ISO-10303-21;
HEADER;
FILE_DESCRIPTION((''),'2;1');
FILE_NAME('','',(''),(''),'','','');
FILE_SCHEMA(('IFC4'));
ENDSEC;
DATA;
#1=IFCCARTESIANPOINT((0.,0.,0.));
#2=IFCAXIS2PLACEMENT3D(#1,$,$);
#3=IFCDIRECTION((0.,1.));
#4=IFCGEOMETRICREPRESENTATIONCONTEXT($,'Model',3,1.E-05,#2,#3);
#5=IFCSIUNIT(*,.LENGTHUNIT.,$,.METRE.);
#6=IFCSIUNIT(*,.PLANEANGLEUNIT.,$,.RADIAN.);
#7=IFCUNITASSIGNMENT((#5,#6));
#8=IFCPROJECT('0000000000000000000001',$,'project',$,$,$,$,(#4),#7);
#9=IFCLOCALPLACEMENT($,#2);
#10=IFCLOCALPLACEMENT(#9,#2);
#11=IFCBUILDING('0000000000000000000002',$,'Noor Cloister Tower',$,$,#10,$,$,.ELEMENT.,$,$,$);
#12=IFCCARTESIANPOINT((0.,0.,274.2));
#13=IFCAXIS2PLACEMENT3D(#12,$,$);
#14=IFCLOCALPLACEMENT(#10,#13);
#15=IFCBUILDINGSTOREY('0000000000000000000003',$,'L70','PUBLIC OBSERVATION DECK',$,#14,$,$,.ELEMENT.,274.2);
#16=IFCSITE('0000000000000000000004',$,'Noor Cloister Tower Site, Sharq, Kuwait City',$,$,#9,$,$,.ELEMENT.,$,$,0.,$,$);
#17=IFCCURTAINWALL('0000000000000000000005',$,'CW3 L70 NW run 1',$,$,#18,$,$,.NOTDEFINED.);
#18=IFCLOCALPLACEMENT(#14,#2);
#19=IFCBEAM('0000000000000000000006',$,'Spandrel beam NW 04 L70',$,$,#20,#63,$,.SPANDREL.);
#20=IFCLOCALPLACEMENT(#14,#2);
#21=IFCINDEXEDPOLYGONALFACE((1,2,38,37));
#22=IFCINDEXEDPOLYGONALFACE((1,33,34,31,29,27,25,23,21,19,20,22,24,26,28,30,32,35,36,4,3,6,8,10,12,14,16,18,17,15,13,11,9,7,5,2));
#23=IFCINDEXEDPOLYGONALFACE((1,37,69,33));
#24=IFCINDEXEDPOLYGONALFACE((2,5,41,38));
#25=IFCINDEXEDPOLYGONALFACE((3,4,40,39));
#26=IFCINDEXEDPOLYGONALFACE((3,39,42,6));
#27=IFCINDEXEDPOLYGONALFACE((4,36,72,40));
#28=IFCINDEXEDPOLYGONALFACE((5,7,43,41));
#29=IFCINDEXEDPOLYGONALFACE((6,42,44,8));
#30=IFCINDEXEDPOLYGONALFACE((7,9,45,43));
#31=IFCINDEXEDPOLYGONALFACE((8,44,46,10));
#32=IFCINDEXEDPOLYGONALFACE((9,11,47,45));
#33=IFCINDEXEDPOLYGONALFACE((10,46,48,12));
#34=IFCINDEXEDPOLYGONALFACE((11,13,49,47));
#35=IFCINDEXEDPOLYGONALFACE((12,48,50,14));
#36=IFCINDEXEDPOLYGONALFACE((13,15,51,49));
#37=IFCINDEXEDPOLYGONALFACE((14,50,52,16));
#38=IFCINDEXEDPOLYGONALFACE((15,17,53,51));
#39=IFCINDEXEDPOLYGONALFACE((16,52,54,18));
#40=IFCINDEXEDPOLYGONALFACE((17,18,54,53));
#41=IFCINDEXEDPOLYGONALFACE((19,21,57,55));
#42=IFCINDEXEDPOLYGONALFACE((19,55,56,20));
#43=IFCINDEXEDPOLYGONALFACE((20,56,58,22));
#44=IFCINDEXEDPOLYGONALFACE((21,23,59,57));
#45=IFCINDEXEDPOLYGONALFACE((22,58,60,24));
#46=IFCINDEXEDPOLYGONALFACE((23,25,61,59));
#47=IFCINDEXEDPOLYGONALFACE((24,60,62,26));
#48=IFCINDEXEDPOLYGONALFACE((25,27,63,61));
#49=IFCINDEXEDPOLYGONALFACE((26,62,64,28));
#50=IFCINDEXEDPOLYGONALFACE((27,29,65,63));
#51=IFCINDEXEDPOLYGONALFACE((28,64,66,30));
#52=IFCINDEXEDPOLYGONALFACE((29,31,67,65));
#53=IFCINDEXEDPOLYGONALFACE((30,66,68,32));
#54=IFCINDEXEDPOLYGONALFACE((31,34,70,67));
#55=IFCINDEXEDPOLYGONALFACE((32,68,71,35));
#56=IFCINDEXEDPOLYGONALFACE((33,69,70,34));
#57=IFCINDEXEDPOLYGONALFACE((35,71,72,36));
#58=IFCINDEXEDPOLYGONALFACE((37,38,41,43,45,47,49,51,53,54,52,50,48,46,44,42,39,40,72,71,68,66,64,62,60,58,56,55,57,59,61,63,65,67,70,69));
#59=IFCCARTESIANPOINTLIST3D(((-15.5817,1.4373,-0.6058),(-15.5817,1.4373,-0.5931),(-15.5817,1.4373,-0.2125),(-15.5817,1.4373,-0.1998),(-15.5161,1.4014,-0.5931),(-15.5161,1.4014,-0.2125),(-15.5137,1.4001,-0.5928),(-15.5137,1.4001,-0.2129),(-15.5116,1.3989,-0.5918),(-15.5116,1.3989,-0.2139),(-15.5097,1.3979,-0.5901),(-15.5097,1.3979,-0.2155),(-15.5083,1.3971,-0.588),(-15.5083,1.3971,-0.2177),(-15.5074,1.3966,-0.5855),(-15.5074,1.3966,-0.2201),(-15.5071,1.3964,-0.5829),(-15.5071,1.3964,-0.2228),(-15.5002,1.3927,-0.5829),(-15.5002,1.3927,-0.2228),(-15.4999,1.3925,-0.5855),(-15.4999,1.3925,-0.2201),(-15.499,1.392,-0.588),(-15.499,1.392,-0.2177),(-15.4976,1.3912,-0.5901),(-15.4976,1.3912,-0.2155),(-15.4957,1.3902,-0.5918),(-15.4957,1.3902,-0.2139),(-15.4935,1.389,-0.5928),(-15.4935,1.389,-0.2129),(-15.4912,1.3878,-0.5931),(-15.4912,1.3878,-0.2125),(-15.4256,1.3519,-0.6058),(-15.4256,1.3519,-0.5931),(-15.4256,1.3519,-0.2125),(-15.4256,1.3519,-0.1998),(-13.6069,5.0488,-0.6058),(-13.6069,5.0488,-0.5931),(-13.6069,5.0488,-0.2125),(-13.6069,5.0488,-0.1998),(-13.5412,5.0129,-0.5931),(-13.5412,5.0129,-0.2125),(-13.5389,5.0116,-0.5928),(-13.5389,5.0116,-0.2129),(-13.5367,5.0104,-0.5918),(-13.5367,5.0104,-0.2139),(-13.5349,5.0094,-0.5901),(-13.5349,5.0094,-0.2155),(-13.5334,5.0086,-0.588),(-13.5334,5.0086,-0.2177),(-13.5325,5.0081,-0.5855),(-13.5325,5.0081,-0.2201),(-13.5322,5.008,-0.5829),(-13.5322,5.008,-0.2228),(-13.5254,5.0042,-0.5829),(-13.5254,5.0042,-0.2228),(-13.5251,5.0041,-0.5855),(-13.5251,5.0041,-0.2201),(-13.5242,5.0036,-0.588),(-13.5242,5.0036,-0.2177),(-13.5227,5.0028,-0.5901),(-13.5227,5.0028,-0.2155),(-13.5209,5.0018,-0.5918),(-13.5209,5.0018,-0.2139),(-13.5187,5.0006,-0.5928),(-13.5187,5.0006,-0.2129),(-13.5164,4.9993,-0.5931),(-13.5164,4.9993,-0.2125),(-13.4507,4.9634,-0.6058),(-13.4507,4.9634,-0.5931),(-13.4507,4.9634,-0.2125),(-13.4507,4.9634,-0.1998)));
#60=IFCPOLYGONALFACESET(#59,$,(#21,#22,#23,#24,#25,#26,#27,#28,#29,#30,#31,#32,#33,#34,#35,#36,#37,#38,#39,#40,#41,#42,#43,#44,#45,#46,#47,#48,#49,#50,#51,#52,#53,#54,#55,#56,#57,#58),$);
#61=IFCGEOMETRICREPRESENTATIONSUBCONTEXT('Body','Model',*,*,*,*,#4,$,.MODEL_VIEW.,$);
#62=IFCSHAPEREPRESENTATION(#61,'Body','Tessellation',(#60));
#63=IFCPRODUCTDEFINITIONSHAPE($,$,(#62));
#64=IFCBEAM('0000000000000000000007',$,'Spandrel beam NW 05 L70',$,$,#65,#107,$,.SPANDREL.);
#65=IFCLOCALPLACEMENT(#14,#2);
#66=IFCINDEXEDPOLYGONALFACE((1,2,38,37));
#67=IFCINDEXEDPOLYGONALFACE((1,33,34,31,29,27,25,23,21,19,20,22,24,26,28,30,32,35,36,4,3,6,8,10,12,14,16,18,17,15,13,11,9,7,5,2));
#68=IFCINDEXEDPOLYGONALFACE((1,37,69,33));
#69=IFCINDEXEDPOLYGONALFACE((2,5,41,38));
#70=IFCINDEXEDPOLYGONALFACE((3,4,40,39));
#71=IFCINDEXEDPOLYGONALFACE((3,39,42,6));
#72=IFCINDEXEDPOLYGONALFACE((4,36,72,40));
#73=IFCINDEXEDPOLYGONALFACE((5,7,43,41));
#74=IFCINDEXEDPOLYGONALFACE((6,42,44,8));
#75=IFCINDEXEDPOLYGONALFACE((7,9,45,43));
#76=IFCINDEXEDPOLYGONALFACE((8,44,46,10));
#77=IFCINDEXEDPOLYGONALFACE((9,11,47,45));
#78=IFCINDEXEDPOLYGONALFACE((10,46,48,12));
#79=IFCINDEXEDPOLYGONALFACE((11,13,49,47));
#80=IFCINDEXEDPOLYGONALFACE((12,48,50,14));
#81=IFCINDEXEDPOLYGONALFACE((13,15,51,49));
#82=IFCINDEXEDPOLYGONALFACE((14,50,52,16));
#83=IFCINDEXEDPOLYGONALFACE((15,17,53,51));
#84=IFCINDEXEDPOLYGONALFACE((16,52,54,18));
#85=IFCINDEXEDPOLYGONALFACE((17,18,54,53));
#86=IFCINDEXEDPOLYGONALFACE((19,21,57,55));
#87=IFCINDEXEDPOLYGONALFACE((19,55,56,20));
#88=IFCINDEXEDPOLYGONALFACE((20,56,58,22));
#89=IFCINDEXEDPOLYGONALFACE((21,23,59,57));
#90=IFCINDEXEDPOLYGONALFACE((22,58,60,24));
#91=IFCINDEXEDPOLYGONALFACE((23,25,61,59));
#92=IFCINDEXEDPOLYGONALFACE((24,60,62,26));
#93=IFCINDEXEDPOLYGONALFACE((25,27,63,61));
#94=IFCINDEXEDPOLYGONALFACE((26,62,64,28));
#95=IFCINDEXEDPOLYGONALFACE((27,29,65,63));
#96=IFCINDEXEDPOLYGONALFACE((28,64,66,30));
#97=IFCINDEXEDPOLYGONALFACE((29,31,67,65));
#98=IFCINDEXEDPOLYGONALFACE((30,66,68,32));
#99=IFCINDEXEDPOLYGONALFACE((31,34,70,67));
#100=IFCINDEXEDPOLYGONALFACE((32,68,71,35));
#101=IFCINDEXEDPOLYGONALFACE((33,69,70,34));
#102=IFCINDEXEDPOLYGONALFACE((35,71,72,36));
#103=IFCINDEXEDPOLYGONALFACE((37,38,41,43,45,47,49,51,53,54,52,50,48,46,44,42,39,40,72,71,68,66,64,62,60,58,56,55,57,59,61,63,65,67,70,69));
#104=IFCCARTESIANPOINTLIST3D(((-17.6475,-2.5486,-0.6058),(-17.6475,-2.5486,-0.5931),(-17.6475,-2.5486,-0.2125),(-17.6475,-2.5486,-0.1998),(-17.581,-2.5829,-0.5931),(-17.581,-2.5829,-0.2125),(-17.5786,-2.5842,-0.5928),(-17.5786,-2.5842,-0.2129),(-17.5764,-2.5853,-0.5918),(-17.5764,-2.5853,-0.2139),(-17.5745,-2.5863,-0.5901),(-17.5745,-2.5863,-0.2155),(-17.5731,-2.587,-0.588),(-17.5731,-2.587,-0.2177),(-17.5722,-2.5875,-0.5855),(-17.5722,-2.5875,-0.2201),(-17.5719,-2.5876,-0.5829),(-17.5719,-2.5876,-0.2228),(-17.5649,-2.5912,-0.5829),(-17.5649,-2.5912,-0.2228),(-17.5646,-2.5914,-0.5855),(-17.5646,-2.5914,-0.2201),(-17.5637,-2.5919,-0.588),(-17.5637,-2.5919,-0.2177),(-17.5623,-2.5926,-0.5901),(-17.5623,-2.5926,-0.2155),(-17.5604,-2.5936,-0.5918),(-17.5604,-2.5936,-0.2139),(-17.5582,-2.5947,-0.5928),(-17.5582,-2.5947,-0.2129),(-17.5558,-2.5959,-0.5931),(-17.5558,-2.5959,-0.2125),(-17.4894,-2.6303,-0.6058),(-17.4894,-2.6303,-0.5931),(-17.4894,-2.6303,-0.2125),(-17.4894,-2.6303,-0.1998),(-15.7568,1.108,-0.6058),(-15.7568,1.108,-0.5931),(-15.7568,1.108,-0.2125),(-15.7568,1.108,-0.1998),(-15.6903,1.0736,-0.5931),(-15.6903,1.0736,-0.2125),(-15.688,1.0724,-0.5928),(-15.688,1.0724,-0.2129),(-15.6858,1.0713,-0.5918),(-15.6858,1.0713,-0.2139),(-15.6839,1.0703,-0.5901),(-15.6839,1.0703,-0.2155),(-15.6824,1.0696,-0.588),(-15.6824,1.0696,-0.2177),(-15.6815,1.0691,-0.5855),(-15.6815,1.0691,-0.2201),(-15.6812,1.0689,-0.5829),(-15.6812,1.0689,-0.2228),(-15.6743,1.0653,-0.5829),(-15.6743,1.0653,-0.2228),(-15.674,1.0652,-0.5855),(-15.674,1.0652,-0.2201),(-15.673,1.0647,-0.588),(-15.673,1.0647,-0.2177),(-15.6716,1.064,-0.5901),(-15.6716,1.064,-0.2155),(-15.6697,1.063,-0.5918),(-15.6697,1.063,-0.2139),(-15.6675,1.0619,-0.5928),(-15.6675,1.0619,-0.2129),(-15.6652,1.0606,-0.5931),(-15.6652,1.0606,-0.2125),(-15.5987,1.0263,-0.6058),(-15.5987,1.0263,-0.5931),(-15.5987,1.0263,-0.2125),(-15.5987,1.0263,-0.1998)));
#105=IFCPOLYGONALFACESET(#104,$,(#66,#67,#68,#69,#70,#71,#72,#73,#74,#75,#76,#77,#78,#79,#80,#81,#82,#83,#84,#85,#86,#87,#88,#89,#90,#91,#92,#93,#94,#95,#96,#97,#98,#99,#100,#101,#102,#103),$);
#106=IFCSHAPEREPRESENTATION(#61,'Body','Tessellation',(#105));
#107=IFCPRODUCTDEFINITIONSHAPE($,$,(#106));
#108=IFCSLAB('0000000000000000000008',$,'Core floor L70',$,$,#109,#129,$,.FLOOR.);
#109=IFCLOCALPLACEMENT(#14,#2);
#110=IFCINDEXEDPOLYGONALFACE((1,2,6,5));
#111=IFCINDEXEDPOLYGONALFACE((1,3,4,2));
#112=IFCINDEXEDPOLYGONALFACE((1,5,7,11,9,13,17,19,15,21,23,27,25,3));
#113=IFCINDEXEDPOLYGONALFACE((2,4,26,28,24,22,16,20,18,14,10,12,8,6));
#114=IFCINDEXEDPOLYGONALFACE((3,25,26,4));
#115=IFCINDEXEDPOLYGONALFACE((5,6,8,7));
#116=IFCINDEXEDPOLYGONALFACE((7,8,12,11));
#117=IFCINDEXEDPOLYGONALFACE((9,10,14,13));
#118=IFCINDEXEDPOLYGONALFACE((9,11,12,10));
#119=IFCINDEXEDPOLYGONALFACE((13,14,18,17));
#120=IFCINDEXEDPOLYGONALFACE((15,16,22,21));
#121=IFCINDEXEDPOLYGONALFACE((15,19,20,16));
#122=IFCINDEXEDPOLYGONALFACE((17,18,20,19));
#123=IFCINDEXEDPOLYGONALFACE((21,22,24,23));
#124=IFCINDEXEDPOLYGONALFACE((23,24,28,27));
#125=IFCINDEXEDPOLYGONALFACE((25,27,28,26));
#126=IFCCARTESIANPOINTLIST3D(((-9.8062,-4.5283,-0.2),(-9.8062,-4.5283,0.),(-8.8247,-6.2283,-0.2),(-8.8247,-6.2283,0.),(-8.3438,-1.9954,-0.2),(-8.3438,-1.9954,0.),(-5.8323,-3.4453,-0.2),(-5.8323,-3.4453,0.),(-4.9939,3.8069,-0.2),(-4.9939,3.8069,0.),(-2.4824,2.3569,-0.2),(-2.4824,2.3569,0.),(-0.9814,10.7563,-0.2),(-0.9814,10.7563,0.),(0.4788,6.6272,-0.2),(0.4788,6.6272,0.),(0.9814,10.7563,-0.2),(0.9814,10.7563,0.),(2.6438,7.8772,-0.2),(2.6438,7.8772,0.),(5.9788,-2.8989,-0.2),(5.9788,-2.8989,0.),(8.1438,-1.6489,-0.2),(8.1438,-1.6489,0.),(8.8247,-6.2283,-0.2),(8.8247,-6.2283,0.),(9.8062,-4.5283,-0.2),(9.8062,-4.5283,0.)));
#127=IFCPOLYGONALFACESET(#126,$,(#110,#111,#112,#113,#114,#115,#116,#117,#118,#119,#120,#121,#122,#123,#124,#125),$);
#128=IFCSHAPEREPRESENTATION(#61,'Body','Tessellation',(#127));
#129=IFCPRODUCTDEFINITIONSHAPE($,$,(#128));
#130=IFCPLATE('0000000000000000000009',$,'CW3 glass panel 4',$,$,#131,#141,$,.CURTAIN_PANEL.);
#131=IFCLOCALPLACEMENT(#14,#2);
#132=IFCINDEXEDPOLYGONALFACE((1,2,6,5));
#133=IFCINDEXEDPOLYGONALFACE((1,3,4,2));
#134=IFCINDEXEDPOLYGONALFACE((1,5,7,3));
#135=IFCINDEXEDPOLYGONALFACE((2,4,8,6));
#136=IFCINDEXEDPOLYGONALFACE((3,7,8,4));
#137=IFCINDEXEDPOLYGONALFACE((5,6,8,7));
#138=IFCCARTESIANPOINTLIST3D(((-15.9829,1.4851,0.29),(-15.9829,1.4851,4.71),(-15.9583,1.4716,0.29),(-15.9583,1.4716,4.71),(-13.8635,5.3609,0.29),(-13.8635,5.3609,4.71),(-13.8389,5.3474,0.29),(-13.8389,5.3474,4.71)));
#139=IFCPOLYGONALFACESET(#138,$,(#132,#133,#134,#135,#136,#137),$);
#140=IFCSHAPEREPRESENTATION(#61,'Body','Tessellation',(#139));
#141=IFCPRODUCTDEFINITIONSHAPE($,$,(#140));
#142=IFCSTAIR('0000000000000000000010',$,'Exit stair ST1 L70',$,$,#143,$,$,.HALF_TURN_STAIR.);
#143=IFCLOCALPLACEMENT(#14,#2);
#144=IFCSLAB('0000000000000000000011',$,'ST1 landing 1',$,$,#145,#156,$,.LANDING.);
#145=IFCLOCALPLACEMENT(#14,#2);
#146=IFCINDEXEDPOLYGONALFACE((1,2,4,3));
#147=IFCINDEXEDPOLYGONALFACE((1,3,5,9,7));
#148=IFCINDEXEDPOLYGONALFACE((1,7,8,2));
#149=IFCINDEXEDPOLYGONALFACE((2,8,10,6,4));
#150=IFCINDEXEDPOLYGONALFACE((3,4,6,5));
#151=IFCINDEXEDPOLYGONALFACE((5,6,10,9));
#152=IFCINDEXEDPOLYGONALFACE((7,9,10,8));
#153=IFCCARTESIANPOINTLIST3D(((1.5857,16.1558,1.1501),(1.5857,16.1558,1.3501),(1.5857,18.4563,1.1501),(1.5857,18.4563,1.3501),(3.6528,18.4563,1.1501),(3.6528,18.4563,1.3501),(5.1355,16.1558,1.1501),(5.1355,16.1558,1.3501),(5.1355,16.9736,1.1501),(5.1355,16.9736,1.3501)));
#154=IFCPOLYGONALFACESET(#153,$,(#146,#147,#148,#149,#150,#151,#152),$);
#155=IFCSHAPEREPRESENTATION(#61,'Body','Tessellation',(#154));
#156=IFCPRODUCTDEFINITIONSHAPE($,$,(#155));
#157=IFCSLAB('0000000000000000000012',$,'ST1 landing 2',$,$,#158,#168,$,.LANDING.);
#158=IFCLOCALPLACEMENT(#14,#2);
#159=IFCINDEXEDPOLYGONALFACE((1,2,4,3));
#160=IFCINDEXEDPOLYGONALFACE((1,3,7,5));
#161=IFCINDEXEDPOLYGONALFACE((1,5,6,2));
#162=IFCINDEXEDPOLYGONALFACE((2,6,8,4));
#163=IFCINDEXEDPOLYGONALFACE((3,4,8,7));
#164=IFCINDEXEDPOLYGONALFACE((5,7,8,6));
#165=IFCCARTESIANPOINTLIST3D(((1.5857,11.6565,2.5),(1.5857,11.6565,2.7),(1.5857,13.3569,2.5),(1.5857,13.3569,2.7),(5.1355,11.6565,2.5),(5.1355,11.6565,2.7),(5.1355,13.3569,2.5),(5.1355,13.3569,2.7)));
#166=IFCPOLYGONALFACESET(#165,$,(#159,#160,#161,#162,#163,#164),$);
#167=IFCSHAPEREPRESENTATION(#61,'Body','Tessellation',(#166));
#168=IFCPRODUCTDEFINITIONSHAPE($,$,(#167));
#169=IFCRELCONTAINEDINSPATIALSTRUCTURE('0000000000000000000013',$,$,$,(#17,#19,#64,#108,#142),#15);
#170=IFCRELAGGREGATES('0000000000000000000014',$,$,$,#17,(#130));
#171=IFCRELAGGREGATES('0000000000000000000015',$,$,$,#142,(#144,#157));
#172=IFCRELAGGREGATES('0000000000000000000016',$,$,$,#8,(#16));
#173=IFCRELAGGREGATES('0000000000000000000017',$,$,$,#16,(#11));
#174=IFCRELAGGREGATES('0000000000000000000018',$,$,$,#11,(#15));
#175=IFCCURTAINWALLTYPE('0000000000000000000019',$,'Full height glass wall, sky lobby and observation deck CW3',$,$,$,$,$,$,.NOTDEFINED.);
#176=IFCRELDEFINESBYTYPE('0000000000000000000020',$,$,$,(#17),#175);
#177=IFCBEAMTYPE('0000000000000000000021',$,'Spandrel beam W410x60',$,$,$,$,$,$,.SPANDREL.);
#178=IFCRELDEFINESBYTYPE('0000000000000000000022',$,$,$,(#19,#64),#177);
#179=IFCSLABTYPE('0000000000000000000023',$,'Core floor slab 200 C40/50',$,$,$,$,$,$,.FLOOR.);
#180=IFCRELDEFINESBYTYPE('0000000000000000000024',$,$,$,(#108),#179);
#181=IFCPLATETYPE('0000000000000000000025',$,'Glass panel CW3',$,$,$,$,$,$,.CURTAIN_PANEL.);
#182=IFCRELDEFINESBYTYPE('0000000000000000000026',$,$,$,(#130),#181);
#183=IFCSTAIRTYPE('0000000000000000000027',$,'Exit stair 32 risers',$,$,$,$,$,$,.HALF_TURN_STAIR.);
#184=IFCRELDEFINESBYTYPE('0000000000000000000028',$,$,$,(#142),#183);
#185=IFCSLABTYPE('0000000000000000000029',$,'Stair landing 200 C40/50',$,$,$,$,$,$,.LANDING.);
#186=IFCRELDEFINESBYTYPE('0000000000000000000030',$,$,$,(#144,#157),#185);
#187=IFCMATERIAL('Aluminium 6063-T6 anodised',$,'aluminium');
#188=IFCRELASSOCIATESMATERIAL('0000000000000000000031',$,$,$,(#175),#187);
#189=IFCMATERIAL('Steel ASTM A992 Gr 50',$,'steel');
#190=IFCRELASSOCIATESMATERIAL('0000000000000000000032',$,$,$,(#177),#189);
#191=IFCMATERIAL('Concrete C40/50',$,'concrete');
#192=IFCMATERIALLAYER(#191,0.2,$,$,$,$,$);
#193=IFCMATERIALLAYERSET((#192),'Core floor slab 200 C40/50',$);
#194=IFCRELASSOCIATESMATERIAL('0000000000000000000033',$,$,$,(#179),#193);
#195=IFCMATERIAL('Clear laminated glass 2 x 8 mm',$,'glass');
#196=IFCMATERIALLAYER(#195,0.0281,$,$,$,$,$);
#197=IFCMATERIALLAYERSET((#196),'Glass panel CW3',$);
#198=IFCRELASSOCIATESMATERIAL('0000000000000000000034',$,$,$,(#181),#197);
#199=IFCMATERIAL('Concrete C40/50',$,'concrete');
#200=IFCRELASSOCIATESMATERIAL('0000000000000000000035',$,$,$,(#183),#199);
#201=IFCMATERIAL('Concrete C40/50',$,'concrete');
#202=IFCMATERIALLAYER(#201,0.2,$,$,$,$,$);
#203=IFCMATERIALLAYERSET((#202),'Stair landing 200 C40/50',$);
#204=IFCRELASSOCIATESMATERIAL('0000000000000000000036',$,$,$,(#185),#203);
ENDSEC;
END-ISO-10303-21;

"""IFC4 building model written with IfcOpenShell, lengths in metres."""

from ifc_helpers import new_model, si_unit, direction, frame, origin, origin_2d, place, context, subcontext, project, spatial, polyline, rectangle, i_section, outline, extrude, material, layer, layer_set, material_profile, profile_set, type_object, element, aggregate, save


model = new_model("IFC4")

# Units and contexts
model_context = context("Model", 3, precision=1e-05, world=origin(), true_north=direction((0.0, 1.0)))
body_context = subcontext(model_context, "Body", "Model", "MODEL_VIEW")
ifc_project = project(units=[si_unit("LENGTHUNIT", "METRE"), si_unit("PLANEANGLEUNIT", "RADIAN")], contexts=[model_context])

# Site, building, storey
site_placement = place(None, origin())
site = spatial("IfcSite", under=ifc_project, at=site_placement, Name="Noor Cloister Tower Site, Sharq, Kuwait City", CompositionType="ELEMENT", RefElevation=0.0)
building_placement = place(site_placement, origin())
building = spatial("IfcBuilding", under=site, at=building_placement, Name="Noor Cloister Tower", CompositionType="ELEMENT")
storey_placement = place(building_placement, frame((0.0, 0.0, 274.2)))
storey = spatial("IfcBuildingStorey", under=building, at=storey_placement, Name="L70", Description="PUBLIC OBSERVATION DECK", CompositionType="ELEMENT", Elevation=274.2)

# Curtain wall
ifc_material_1 = material(Name="Aluminium 6063-T6 anodised", Category="aluminium")
curtain_wall_type = type_object("IfcCurtainWallType", Name="Full height glass wall, sky lobby and observation deck CW3", PredefinedType="NOTDEFINED", material=ifc_material_1)
curtain_wall_placement = place(storey_placement, origin())
curtain_wall = element("IfcCurtainWall", 1, at=curtain_wall_placement, inside=storey, type_object=curtain_wall_type, Name="CW3 L70 NW run 1", PredefinedType="NOTDEFINED")

# Beams
ifc_material_2 = material(Name="Steel ASTM A992 Gr 50", Category="steel")
ifc_material_profile_1 = material_profile(ifc_material_2, i_section(OverallWidth=0.178, OverallDepth=0.406, WebThickness=0.0078, FlangeThickness=0.0127, FilletRadius=0.0103, at=origin_2d()), Name="W410x60")
ifc_profile_set_1 = profile_set([ifc_material_profile_1], Name="Steel ASTM A992 Gr 50")
beam_type_1 = type_object("IfcBeamType", Name="Spandrel beam W410x60", PredefinedType="SPANDREL", material=ifc_profile_set_1)
beam_1_placement = place(storey_placement, frame((-13.5288, 5.0061, -0.4028), z_axis=(-0.47977, -0.877394, 0.0), x_axis=(0.877394, -0.47977, 0.0)))
element("IfcBeam", 2, at=beam_1_placement, inside=storey, type_object=beam_type_1, Name="Spandrel beam NW 04 L70", PredefinedType="SPANDREL", context=body_context, shape_type="SweptSolid", body=[
    extrude(i_section(OverallWidth=0.178, OverallDepth=0.406, WebThickness=0.0078, FlangeThickness=0.0127, FilletRadius=0.0103, at=origin_2d()), origin(), (0.0, 0.0, 1.0), 4.1162),
])
beam_2_placement = place(storey_placement, frame((-15.6777, 1.0671, -0.4028), z_axis=(-0.459295, -0.888284, 0.0), x_axis=(0.888284, -0.459295, 0.0)))
element("IfcBeam", 3, at=beam_2_placement, inside=storey, type_object=beam_type_1, Name="Spandrel beam NW 05 L70", PredefinedType="SPANDREL", context=body_context, shape_type="SweptSolid", body=[
    extrude(i_section(OverallWidth=0.178, OverallDepth=0.406, WebThickness=0.0078, FlangeThickness=0.0127, FilletRadius=0.0103, at=origin_2d()), origin(), (0.0, 0.0, 1.0), 4.1165),
])

# Slab
ifc_material_3 = material(Name="Concrete C40/50", Category="concrete")
ifc_layer_1 = layer(ifc_material_3, 0.2)
ifc_layer_set_1 = layer_set([ifc_layer_1], Name="Core floor slab 200 C40/50")
slab_type_1 = type_object("IfcSlabType", Name="Core floor slab 200 C40/50", PredefinedType="FLOOR", material=ifc_layer_set_1)
slab_1_placement = place(storey_placement, frame((0.0, 0.0, -0.2)))
element("IfcSlab", 4, at=slab_1_placement, inside=storey, type_object=slab_type_1, Name="Core floor L70", PredefinedType="FLOOR", context=body_context, shape_type="SweptSolid", body=[
    extrude(outline(polyline([(2.6438, 7.8772), (0.9814, 10.7563), (-0.9814, 10.7563), (-4.9939, 3.8069), (-2.4824, 2.3569), (-5.8323, -3.4453), (-8.3438, -1.9954), (-9.8062, -4.5283), (-8.8247, -6.2283), (8.8247, -6.2283), (9.8062, -4.5283), (8.1438, -1.6489), (5.9788, -2.8989), (0.4788, 6.6272), (2.6438, 7.8772)])), origin(), (0.0, 0.0, 1.0), 0.2),
])

# Plate
ifc_material_4 = material(Name="Clear laminated glass 2 x 8 mm", Category="glass")
ifc_layer_2 = layer(ifc_material_4, 0.0281)
ifc_layer_set_2 = layer_set([ifc_layer_2], Name="Glass panel CW3")
plate_type = type_object("IfcPlateType", Name="Glass panel CW3", PredefinedType="CURTAIN_PANEL", material=ifc_layer_set_2)
plate_placement = place(storey_placement, frame((-14.9109, 3.4163, 0.29), z_axis=(0.0, 0.0, 1.0), x_axis=(-0.479782, -0.877388, 0.0)))
plate = element("IfcPlate", 5, at=plate_placement, type_object=plate_type, Name="CW3 glass panel 4", PredefinedType="CURTAIN_PANEL", context=body_context, shape_type="SweptSolid", body=[
    extrude(rectangle(XDim=4.4175, YDim=0.0281, at=origin_2d()), origin(), (0.0, 0.0, 1.0), 4.4199),
])
aggregate(curtain_wall, [plate])

# Stair, slabs
ifc_material_5 = material(Name="Concrete C40/50", Category="concrete")
stair_type = type_object("IfcStairType", Name="Exit stair 32 risers", PredefinedType="HALF_TURN_STAIR", material=ifc_material_5)
stair_placement = place(storey_placement, origin())
stair = element("IfcStair", 6, at=stair_placement, inside=storey, type_object=stair_type, Name="Exit stair ST1 L70", PredefinedType="HALF_TURN_STAIR")
ifc_material_6 = material(Name="Concrete C40/50", Category="concrete")
ifc_layer_3 = layer(ifc_material_6, 0.2)
ifc_layer_set_3 = layer_set([ifc_layer_3], Name="Stair landing 200 C40/50")
slab_type_2 = type_object("IfcSlabType", Name="Stair landing 200 C40/50", PredefinedType="LANDING", material=ifc_layer_set_3)
slab_2_placement = place(storey_placement, frame((0.0, 0.0, 1.1501)))
slab_2 = element("IfcSlab", 7, at=slab_2_placement, type_object=slab_type_2, Name="ST1 landing 1", PredefinedType="LANDING", context=body_context, shape_type="SweptSolid", body=[
    extrude(outline(polyline([(5.1355, 16.1558), (5.1355, 16.9736), (3.6528, 18.4563), (1.5857, 18.4563), (1.5857, 16.1558), (5.1355, 16.1558)])), origin(), (0.0, 0.0, 1.0), 0.2),
])
slab_3_placement = place(storey_placement, frame((0.0, 0.0, 2.5)))
slab_3 = element("IfcSlab", 8, at=slab_3_placement, type_object=slab_type_2, Name="ST1 landing 2", PredefinedType="LANDING", context=body_context, shape_type="SweptSolid", body=[
    extrude(outline(polyline([(1.5857, 13.3569), (1.5857, 11.6565), (5.1355, 11.6565), (5.1355, 13.3569), (1.5857, 13.3569)])), origin(), (0.0, 0.0, 1.0), 0.2),
])
aggregate(stair, [slab_2, slab_3])

save(model, "model.ifc")
